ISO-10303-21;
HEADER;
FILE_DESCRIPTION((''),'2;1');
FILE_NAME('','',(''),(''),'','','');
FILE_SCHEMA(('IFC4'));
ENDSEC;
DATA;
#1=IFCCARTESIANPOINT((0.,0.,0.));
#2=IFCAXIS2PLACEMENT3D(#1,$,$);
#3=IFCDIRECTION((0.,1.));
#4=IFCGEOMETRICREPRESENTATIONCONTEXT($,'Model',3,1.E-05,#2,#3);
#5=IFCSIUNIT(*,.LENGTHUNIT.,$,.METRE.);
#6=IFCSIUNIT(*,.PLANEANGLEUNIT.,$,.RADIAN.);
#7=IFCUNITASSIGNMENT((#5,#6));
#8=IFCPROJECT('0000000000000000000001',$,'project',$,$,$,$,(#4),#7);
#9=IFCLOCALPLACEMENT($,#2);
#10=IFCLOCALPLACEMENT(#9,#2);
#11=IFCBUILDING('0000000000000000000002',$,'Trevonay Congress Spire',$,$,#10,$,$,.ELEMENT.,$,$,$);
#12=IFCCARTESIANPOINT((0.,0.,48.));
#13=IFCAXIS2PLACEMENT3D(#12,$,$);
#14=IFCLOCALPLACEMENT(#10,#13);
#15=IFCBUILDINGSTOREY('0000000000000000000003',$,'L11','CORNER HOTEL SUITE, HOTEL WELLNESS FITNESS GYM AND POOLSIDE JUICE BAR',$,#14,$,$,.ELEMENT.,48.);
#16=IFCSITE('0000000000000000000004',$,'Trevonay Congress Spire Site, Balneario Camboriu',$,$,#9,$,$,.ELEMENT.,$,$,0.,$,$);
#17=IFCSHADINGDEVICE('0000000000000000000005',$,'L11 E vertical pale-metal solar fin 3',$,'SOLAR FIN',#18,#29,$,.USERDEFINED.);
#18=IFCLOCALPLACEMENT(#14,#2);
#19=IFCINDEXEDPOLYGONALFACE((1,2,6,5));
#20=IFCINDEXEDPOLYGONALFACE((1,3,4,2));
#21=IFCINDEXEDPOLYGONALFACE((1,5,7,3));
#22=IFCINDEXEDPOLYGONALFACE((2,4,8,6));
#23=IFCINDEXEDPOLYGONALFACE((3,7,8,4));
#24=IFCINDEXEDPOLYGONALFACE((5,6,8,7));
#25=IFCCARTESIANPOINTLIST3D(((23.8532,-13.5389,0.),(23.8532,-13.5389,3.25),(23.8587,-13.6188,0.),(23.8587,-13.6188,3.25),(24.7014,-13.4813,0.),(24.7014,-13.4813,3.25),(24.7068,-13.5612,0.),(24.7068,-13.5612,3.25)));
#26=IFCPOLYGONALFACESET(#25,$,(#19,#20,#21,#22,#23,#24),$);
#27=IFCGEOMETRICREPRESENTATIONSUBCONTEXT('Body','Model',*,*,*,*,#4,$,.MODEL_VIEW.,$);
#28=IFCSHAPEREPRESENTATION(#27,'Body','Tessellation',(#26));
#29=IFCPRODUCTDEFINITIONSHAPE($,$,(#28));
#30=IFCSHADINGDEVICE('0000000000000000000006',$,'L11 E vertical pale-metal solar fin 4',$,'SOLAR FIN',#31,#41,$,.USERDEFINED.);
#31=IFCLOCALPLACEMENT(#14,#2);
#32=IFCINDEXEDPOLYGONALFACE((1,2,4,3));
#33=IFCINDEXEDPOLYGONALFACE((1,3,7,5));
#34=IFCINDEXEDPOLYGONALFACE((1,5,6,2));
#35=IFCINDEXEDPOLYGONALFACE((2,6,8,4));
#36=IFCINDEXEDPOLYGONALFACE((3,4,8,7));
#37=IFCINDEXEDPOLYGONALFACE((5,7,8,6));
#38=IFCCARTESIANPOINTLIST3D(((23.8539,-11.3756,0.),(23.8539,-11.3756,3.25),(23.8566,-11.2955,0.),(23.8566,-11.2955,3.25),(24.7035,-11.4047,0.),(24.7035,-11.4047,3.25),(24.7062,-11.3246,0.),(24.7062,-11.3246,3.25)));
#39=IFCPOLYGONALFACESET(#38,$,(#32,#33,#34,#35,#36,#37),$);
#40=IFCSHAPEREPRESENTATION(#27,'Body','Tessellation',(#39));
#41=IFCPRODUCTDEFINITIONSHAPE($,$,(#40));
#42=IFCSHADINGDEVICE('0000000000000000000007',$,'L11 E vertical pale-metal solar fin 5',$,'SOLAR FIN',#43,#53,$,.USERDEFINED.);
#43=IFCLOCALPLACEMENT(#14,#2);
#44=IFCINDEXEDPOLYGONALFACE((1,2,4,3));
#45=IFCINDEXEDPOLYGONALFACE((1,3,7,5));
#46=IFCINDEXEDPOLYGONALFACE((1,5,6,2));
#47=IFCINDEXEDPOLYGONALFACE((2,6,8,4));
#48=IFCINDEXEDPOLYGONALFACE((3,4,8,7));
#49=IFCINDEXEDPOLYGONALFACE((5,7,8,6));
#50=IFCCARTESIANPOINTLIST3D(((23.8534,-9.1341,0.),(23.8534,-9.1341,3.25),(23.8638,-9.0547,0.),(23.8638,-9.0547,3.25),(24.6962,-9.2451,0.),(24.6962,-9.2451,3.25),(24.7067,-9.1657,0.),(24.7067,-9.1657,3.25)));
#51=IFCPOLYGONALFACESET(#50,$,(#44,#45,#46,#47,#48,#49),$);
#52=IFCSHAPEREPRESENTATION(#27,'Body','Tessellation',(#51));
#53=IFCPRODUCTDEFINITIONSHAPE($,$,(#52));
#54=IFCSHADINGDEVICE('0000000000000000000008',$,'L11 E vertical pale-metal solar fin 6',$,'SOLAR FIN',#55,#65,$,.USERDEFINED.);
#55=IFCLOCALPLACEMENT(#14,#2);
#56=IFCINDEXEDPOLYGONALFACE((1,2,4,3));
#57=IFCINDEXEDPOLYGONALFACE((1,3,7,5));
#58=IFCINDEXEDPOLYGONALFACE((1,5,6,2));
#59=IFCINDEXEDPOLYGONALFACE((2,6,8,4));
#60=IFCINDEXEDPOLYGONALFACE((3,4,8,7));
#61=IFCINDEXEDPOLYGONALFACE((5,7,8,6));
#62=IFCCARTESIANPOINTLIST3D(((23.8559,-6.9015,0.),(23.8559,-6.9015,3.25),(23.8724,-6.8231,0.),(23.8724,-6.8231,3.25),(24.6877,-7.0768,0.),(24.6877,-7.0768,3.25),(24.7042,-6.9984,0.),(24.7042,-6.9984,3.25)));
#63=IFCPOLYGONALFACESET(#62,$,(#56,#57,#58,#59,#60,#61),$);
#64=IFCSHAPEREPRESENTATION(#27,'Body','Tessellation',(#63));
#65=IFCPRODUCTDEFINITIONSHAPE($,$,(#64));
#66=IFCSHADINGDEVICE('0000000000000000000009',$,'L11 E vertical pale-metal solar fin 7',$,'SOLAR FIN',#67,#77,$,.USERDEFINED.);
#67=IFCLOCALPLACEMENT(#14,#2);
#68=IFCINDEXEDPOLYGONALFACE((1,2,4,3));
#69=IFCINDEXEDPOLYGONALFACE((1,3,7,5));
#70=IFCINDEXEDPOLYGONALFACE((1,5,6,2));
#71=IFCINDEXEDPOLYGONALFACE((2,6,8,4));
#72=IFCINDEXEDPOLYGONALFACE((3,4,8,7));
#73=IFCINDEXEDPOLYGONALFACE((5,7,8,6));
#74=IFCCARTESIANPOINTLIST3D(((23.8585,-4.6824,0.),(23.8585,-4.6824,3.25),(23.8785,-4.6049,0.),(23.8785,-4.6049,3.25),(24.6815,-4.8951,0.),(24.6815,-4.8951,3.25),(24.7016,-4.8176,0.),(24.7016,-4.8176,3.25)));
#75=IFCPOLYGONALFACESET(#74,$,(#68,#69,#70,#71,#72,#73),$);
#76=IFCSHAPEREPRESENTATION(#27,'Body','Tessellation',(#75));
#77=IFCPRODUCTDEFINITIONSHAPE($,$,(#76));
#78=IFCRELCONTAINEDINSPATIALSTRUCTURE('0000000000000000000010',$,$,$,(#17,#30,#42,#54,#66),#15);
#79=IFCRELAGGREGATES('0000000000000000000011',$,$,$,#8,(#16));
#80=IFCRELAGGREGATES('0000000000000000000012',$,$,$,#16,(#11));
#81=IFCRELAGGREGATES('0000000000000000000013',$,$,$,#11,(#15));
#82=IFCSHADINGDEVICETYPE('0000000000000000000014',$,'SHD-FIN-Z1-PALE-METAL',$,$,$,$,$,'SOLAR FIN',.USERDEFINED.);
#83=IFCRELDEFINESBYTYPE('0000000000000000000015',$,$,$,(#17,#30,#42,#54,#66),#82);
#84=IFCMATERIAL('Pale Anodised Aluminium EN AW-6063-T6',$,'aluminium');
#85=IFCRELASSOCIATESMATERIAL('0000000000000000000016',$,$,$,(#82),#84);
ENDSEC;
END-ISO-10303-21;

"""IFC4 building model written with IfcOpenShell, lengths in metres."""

from ifc_helpers import new_model, si_unit, direction, frame, origin, origin_2d, place, context, subcontext, project, spatial, rectangle, extrude, material, type_object, element, save


model = new_model("IFC4")

# Units and contexts
model_context = context("Model", 3, precision=1e-05, world=origin(), true_north=direction((0.0, 1.0)))
body_context = subcontext(model_context, "Body", "Model", "MODEL_VIEW")
ifc_project = project(units=[si_unit("LENGTHUNIT", "METRE"), si_unit("PLANEANGLEUNIT", "RADIAN")], contexts=[model_context])

# Site, building, storey
site_placement = place(None, origin())
site = spatial("IfcSite", under=ifc_project, at=site_placement, Name="Trevonay Congress Spire Site, Balneario Camboriu", CompositionType="ELEMENT", RefElevation=0.0)
building_placement = place(site_placement, origin())
building = spatial("IfcBuilding", under=site, at=building_placement, Name="Trevonay Congress Spire", CompositionType="ELEMENT")
storey_placement = place(building_placement, frame((0.0, 0.0, 48.0)))
storey = spatial("IfcBuildingStorey", under=building, at=storey_placement, Name="L11", Description="CORNER HOTEL SUITE, HOTEL WELLNESS FITNESS GYM AND POOLSIDE JUICE BAR", CompositionType="ELEMENT", Elevation=48.0)

# Shared definitions
ifc_material_1 = material(Name="Pale Anodised Aluminium EN AW-6063-T6", Category="aluminium")

# Shading devices
shading_device_type = type_object("IfcShadingDeviceType", Name="SHD-FIN-Z1-PALE-METAL", ElementType="SOLAR FIN", PredefinedType="USERDEFINED", material=ifc_material_1)
for number, where, z_axis, x_axis, name in (
    (1, (24.28, -13.55, 0.0), (0.0, 0.0, 1.0), (-0.067667, 0.997708, 0.0), "L11 E vertical pale-metal solar fin 3"),
    (2, (24.28, -11.3501, 0.0), (0.0, 0.0, 1.0), (0.034202, 0.999415, 0.0), "L11 E vertical pale-metal solar fin 4"),
    (3, (24.28, -9.1499, 0.0), (0.0, 0.0, 1.0), (0.130526, 0.991445, 0.0), "L11 E vertical pale-metal solar fin 5"),
    (4, (24.28, -6.95, 0.0), (0.0, 0.0, 1.0), (0.206204, 0.978509, 0.0), "L11 E vertical pale-metal solar fin 6"),
    (5, (24.28, -4.75, 0.0), (0.0, 0.0, 1.0), (0.250211, 0.968191, 0.0), "L11 E vertical pale-metal solar fin 7"),
):
    element("IfcShadingDevice", number, at=place(storey_placement, frame(where, z_axis=z_axis, x_axis=x_axis)), inside=storey, type_object=shading_device_type, Name=name, ObjectType="SOLAR FIN", PredefinedType="USERDEFINED", context=body_context, shape_type="SweptSolid", body=[
        extrude(rectangle(XDim=0.0801, YDim=0.8501, at=origin_2d()), origin(), (0.0, 0.0, 1.0), 3.25),
    ])

save(model, "model.ifc")
